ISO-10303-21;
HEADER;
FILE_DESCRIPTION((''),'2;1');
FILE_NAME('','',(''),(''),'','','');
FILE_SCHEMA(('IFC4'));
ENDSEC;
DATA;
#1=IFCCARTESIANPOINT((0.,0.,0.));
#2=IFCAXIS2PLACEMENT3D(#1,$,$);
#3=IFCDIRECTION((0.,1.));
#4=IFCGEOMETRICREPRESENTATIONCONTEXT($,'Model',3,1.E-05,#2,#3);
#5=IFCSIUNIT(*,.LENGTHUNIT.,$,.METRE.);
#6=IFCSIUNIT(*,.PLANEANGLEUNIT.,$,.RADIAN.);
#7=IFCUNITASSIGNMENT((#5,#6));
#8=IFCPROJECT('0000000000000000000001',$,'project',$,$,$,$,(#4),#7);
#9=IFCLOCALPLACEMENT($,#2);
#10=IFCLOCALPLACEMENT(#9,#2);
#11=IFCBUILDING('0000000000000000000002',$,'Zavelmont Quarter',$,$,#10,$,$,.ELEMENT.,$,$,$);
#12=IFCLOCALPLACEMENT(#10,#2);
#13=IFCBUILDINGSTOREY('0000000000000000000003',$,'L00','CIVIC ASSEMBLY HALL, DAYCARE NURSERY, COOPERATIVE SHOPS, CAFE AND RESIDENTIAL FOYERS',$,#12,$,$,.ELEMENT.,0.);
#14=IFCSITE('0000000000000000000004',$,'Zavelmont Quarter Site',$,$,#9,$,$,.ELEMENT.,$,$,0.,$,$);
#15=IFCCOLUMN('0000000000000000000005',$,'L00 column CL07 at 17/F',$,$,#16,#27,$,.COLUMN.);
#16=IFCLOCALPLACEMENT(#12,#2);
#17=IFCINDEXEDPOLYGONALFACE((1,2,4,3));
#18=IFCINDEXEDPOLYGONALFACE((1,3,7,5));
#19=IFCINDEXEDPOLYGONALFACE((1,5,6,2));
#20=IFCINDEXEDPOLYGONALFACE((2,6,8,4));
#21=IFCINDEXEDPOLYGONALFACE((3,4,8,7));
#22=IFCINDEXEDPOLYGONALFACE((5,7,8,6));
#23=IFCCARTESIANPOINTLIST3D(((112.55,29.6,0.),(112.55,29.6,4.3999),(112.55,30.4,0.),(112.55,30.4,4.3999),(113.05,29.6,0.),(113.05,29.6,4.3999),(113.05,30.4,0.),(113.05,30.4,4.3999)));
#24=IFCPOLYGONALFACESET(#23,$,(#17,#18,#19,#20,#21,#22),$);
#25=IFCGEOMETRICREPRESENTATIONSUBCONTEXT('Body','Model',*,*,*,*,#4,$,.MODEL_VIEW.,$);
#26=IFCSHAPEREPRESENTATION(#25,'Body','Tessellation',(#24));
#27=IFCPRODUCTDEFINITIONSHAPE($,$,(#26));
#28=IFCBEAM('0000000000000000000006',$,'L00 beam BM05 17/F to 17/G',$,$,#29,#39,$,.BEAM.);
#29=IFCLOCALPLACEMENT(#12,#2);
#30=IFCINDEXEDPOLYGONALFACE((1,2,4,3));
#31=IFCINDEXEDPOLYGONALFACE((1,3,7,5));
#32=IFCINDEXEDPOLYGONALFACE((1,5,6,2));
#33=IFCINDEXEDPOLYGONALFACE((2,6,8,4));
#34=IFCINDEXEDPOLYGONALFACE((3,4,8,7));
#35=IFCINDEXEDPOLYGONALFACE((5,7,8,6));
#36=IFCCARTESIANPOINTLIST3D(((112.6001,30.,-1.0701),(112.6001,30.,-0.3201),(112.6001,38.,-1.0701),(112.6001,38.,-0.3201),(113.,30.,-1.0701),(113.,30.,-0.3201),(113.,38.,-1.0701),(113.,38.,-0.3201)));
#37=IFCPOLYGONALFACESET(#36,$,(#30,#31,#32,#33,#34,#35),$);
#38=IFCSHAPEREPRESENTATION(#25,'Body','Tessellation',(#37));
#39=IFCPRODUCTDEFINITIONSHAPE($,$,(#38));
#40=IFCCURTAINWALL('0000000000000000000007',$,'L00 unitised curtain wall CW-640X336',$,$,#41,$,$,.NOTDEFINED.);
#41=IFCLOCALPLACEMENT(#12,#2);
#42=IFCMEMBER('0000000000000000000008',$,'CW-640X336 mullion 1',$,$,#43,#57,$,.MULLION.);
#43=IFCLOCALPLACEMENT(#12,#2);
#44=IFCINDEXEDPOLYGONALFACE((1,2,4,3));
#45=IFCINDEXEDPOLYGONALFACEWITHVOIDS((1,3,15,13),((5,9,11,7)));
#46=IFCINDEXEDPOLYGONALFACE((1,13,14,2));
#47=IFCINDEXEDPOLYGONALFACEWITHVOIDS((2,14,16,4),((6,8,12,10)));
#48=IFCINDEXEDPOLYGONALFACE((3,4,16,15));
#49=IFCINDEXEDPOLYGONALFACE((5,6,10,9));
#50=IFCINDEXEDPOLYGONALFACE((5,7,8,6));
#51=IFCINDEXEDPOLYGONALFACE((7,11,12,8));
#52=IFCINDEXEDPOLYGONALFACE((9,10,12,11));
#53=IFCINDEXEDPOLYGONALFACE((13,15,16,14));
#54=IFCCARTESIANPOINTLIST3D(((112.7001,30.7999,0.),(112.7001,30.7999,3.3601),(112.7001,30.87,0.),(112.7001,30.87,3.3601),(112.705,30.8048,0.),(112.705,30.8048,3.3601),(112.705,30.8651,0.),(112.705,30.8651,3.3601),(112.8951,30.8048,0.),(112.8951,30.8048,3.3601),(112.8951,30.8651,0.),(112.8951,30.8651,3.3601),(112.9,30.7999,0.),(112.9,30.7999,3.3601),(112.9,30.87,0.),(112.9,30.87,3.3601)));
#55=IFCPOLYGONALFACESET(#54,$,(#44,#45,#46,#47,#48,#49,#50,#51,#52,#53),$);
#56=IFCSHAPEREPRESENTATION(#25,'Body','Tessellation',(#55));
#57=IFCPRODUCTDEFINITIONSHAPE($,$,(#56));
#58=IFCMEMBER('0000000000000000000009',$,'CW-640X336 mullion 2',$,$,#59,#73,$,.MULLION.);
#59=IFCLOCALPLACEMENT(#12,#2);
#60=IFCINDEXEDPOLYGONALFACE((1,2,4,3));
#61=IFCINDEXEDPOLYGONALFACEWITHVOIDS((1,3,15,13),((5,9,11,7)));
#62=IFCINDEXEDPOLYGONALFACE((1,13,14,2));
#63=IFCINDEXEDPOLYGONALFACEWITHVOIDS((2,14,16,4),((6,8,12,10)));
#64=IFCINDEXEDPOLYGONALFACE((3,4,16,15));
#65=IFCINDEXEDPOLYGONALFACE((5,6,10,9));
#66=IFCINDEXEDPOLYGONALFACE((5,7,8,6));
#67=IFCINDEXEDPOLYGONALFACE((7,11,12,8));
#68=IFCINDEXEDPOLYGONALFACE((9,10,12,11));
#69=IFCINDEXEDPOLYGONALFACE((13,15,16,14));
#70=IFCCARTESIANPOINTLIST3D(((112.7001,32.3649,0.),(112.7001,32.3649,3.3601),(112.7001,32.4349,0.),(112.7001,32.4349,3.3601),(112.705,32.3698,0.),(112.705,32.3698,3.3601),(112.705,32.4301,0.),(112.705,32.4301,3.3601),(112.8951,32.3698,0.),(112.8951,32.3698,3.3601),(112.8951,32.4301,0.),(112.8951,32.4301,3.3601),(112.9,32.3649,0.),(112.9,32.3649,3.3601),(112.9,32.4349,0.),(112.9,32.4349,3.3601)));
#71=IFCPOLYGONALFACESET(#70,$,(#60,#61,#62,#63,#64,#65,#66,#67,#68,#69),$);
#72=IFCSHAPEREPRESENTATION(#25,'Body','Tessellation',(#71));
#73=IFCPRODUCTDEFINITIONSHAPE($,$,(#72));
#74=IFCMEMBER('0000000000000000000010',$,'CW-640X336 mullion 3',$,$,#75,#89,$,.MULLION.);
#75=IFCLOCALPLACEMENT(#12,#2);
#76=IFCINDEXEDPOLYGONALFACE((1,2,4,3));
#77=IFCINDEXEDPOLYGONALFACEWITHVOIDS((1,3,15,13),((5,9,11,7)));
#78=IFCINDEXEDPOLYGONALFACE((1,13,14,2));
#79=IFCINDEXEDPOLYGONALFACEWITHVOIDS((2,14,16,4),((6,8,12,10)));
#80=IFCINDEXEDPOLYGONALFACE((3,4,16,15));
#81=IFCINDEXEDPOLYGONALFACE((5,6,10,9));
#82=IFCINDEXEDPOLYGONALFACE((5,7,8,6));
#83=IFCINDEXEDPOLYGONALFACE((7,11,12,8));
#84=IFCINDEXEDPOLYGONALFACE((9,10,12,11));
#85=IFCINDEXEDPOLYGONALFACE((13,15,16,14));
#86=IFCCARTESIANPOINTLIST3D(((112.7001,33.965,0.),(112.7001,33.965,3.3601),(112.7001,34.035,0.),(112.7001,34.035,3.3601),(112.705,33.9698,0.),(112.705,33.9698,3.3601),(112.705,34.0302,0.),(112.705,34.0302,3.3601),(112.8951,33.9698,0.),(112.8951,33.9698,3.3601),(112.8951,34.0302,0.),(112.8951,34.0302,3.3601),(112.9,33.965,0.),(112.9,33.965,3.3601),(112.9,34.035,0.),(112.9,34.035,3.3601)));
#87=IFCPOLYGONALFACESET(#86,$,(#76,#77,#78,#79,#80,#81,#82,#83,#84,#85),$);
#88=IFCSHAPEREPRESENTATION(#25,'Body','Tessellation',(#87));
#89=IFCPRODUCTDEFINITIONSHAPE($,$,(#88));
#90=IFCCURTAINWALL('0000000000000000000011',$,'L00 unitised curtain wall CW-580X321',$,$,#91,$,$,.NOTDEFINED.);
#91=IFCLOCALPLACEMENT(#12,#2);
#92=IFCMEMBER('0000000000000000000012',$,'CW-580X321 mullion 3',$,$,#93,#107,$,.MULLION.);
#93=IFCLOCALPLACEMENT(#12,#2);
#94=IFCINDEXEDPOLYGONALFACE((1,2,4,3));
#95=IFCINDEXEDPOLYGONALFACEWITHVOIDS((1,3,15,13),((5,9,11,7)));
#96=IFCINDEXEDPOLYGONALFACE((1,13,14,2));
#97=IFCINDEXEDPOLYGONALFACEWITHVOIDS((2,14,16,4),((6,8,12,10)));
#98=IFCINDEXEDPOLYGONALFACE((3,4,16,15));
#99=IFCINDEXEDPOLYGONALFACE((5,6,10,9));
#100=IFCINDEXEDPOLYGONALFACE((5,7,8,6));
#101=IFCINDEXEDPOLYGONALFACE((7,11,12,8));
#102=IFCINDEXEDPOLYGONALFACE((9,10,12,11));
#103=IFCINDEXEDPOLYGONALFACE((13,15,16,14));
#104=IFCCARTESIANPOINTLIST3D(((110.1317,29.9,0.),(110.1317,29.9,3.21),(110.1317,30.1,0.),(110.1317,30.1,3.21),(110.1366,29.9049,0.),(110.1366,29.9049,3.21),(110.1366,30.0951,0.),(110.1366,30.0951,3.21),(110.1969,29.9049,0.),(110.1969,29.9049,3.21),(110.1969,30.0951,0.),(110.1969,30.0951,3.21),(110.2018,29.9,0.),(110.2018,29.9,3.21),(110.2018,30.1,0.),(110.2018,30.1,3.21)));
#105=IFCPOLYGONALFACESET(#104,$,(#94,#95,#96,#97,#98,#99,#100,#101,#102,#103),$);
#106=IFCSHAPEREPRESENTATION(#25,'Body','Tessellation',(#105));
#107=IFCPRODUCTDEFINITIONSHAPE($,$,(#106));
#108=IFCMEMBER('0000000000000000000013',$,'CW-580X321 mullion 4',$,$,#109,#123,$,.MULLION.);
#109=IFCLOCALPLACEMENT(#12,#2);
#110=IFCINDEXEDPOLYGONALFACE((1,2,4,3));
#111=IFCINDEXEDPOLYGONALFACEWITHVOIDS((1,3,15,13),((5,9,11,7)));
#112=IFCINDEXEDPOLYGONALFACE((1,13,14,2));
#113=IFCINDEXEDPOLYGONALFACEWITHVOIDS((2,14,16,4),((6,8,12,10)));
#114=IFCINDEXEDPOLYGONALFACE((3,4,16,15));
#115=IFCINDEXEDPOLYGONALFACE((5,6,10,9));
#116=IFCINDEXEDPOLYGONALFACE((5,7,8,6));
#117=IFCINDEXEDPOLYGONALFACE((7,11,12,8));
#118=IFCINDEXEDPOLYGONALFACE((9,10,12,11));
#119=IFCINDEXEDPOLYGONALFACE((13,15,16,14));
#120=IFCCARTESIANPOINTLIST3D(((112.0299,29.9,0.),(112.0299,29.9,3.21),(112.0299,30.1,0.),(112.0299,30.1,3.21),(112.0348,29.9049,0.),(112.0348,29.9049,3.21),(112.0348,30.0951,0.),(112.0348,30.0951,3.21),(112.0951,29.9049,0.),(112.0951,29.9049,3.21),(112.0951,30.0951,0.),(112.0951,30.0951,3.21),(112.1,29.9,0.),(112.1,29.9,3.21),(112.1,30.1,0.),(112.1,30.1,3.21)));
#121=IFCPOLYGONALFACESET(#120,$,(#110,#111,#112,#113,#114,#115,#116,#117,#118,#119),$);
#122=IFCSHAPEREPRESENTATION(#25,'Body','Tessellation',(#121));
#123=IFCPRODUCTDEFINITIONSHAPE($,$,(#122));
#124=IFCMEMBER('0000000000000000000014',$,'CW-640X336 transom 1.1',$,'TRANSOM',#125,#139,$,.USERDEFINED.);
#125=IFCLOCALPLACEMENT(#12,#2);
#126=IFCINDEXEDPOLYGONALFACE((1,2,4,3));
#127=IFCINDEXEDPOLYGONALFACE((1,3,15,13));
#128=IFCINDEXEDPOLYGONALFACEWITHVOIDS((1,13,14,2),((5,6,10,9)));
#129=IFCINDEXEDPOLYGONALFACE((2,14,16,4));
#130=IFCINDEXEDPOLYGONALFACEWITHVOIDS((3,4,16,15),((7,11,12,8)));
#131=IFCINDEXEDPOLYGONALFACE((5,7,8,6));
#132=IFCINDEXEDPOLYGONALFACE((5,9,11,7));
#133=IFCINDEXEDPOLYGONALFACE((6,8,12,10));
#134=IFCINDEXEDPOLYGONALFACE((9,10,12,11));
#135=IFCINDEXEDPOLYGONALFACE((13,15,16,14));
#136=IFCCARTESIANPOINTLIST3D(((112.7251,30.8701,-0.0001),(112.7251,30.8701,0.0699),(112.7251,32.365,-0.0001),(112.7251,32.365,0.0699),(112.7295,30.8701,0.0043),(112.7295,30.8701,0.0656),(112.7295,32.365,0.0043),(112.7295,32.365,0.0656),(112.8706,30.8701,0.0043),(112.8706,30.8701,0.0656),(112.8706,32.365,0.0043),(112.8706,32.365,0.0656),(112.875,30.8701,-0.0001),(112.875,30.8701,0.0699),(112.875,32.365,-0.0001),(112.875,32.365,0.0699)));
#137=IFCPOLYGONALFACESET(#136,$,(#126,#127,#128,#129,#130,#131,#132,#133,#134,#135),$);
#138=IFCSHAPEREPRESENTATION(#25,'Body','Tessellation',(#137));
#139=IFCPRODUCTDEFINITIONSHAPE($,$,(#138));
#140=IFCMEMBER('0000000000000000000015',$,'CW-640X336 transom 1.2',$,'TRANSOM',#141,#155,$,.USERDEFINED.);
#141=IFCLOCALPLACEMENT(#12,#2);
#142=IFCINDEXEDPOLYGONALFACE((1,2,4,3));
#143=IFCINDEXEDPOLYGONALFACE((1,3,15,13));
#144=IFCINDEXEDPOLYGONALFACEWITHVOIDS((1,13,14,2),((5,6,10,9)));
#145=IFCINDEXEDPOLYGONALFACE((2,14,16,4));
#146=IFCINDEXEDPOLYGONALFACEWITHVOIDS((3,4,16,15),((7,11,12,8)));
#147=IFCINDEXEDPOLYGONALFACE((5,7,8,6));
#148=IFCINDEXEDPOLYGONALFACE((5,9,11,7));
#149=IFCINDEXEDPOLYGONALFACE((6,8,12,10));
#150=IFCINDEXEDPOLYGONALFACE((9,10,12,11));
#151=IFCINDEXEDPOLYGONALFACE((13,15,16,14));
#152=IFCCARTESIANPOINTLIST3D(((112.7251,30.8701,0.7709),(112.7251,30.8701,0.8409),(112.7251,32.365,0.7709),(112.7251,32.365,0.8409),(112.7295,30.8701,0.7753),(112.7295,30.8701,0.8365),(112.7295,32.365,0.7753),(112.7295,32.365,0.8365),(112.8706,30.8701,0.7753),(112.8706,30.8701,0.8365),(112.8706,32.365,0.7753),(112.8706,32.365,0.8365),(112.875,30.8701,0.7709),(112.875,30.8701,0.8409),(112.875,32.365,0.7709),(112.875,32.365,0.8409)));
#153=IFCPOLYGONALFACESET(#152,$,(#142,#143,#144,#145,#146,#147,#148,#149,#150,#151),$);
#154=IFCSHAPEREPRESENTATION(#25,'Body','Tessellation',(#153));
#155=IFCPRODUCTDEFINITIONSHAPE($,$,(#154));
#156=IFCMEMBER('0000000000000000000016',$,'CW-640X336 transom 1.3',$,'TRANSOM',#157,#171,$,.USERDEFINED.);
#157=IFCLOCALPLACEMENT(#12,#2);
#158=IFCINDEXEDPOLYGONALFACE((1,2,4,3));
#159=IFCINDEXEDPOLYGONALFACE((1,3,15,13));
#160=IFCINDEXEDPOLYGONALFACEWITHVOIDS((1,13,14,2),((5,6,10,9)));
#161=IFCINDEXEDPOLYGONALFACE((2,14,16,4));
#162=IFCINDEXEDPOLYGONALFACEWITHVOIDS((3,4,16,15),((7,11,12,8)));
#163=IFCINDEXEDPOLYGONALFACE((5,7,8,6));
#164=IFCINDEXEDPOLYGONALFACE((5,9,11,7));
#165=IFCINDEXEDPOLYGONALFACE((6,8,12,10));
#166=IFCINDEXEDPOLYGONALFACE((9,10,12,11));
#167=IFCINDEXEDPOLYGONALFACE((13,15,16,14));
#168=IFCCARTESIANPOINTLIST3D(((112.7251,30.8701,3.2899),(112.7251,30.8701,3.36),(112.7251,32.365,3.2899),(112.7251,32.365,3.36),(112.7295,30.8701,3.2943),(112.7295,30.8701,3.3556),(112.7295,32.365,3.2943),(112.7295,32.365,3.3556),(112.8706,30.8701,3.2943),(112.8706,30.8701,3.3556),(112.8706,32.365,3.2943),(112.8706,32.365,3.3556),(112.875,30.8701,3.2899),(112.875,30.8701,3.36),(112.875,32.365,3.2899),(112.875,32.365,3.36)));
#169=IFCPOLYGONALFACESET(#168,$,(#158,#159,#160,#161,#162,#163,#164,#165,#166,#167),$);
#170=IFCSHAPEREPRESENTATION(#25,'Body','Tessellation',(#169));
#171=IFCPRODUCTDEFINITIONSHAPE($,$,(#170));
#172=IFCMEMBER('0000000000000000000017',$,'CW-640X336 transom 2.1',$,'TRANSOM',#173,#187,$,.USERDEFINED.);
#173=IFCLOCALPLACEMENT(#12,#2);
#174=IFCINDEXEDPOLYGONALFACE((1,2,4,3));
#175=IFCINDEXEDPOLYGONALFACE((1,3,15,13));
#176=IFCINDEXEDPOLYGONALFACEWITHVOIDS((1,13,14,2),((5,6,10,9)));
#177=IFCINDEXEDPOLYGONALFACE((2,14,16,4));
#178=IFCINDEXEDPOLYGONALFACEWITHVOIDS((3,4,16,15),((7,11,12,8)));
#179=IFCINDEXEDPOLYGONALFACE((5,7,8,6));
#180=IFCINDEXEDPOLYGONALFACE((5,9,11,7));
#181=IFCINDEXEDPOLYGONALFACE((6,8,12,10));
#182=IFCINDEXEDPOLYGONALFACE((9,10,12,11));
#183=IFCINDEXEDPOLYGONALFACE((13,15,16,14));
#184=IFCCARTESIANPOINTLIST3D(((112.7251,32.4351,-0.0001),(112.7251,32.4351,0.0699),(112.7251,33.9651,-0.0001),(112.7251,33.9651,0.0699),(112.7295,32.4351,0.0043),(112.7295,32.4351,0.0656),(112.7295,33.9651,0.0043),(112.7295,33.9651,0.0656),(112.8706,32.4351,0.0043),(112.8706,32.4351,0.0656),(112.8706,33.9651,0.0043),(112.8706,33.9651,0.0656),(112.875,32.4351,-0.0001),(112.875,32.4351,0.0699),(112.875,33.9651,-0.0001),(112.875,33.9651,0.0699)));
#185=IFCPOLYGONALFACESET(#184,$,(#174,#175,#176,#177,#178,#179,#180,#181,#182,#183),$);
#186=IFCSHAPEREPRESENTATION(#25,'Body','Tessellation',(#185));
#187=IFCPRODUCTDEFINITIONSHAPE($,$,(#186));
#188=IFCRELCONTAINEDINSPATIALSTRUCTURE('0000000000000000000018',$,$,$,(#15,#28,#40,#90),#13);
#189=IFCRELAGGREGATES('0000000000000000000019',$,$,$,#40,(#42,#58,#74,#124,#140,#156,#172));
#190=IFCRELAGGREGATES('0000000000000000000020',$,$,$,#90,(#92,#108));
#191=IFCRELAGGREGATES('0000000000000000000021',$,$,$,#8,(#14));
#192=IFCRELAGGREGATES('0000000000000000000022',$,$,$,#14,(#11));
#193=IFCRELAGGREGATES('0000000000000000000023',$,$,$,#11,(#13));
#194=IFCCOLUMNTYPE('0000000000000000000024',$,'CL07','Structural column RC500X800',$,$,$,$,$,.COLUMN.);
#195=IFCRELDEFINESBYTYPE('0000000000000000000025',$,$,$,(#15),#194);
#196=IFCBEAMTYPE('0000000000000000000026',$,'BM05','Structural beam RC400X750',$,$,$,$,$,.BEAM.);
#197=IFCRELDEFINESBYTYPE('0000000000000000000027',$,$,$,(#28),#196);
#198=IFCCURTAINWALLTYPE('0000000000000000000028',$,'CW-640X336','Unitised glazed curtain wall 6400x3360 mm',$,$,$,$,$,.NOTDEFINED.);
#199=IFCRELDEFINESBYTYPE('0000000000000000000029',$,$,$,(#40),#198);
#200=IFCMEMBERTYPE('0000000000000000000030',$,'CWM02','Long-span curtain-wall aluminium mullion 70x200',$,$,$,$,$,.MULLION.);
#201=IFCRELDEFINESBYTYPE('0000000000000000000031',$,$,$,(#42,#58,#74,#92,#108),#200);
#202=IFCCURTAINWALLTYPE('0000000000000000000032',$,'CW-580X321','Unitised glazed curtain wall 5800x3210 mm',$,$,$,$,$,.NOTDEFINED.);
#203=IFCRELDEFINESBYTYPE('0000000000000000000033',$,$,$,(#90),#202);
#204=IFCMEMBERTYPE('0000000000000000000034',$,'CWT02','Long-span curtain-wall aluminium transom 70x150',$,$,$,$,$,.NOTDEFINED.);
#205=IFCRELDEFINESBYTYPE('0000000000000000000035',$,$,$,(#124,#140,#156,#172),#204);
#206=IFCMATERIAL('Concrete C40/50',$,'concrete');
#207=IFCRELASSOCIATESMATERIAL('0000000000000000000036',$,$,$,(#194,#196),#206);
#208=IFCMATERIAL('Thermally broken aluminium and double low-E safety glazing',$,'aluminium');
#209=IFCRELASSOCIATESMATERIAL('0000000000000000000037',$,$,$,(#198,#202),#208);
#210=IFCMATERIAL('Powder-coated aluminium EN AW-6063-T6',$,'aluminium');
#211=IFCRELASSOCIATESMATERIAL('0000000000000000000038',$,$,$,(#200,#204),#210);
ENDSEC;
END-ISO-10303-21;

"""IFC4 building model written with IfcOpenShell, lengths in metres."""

from ifc_helpers import new_model, si_unit, direction, frame, origin, origin_2d, place, context, subcontext, project, spatial, rectangle, hollow_rectangle, extrude, material, material_profile, profile_set, type_object, element, aggregate, save


model = new_model("IFC4")

# Units and contexts
model_context = context("Model", 3, precision=1e-05, world=origin(), true_north=direction((0.0, 1.0)))
body_context = subcontext(model_context, "Body", "Model", "MODEL_VIEW")
ifc_project = project(units=[si_unit("LENGTHUNIT", "METRE"), si_unit("PLANEANGLEUNIT", "RADIAN")], contexts=[model_context])

# Site, building, storey
site_placement = place(None, origin())
site = spatial("IfcSite", under=ifc_project, at=site_placement, Name="Zavelmont Quarter Site", CompositionType="ELEMENT", RefElevation=0.0)
building_placement = place(site_placement, origin())
building = spatial("IfcBuilding", under=site, at=building_placement, Name="Zavelmont Quarter", CompositionType="ELEMENT")
storey_placement = place(building_placement, origin())
storey = spatial("IfcBuildingStorey", under=building, at=storey_placement, Name="L00", Description="CIVIC ASSEMBLY HALL, DAYCARE NURSERY, COOPERATIVE SHOPS, CAFE AND RESIDENTIAL FOYERS", CompositionType="ELEMENT", Elevation=0.0)

# Column
ifc_material_1 = material(Name="Concrete C40/50", Category="concrete")
ifc_material_profile_1 = material_profile(ifc_material_1, rectangle(XDim=0.5, YDim=0.8, at=origin_2d()), Name="RC500X800")
ifc_profile_set_1 = profile_set([ifc_material_profile_1], Name="Concrete C40/50")
column_type = type_object("IfcColumnType", Name="CL07", Description="Structural column RC500X800", PredefinedType="COLUMN", material=ifc_profile_set_1)
column_placement = place(storey_placement, frame((112.8, 30.0, 0.0), z_axis=(0.0, 0.0, 1.0), x_axis=(1.0, 0.0, 0.0)))
element("IfcColumn", 1, at=column_placement, inside=storey, type_object=column_type, Name="L00 column CL07 at 17/F", PredefinedType="COLUMN", context=body_context, shape_type="SweptSolid", body=[
    extrude(rectangle(XDim=0.5, YDim=0.8, at=origin_2d()), origin(), (0.0, 0.0, 1.0), 4.3999),
])

# Beam
ifc_material_profile_2 = material_profile(ifc_material_1, rectangle(XDim=0.3999, YDim=0.75, at=origin_2d()), Name="RC400X750")
ifc_profile_set_2 = profile_set([ifc_material_profile_2], Name="Concrete C40/50")
beam_type = type_object("IfcBeamType", Name="BM05", Description="Structural beam RC400X750", PredefinedType="BEAM", material=ifc_profile_set_2)
beam_placement = place(storey_placement, frame((112.8, 30.0, -0.6951), z_axis=(0.0, 1.0, 0.0), x_axis=(-1.0, 0.0, 0.0)))
element("IfcBeam", 2, at=beam_placement, inside=storey, type_object=beam_type, Name="L00 beam BM05 17/F to 17/G", PredefinedType="BEAM", context=body_context, shape_type="SweptSolid", body=[
    extrude(rectangle(XDim=0.3999, YDim=0.75, at=origin_2d()), origin(), (0.0, 0.0, 1.0), 8.0),
])

# Curtain walls, members
ifc_material_2 = material(Name="Thermally broken aluminium and double low-E safety glazing", Category="aluminium")
curtain_wall_type_1 = type_object("IfcCurtainWallType", Name="CW-640X336", Description="Unitised glazed curtain wall 6400x3360 mm", PredefinedType="NOTDEFINED", material=ifc_material_2)
curtain_wall_1_placement = place(storey_placement, origin())
curtain_wall_1 = element("IfcCurtainWall", 3, at=curtain_wall_1_placement, inside=storey, type_object=curtain_wall_type_1, Name="L00 unitised curtain wall CW-640X336", PredefinedType="NOTDEFINED")
ifc_material_3 = material(Name="Powder-coated aluminium EN AW-6063-T6", Category="aluminium")
ifc_material_profile_3 = material_profile(ifc_material_3, hollow_rectangle(XDim=0.0701, YDim=0.2, WallThickness=0.0049, at=origin_2d()), Name="CWM70X200")
ifc_profile_set_3 = profile_set([ifc_material_profile_3], Name="Powder-coated aluminium EN AW-6063-T6")
member_type_1 = type_object("IfcMemberType", Name="CWM02", Description="Long-span curtain-wall aluminium mullion 70x200", PredefinedType="MULLION", material=ifc_profile_set_3)
member_1_placement = place(storey_placement, frame((112.8, 30.835, 0.0), z_axis=(0.0, 0.0, 1.0), x_axis=(0.0, 1.0, 0.0)))
member_1 = element("IfcMember", 4, at=member_1_placement, type_object=member_type_1, Name="CW-640X336 mullion 1", PredefinedType="MULLION", context=body_context, shape_type="SweptSolid", body=[
    extrude(hollow_rectangle(XDim=0.0701, YDim=0.2, WallThickness=0.0049, at=origin_2d()), origin(), (0.0, 0.0, 1.0), 3.3601),
])
member_2_placement = place(storey_placement, frame((112.8, 32.3999, 0.0), z_axis=(0.0, 0.0, 1.0), x_axis=(0.0, 1.0, 0.0)))
member_2 = element("IfcMember", 5, at=member_2_placement, type_object=member_type_1, Name="CW-640X336 mullion 2", PredefinedType="MULLION", context=body_context, shape_type="SweptSolid", body=[
    extrude(hollow_rectangle(XDim=0.0701, YDim=0.2, WallThickness=0.0049, at=origin_2d()), origin(), (0.0, 0.0, 1.0), 3.3601),
])
member_3_placement = place(storey_placement, frame((112.8, 34.0, 0.0), z_axis=(0.0, 0.0, 1.0), x_axis=(0.0, 1.0, 0.0)))
member_3 = element("IfcMember", 6, at=member_3_placement, type_object=member_type_1, Name="CW-640X336 mullion 3", PredefinedType="MULLION", context=body_context, shape_type="SweptSolid", body=[
    extrude(hollow_rectangle(XDim=0.0701, YDim=0.2, WallThickness=0.0049, at=origin_2d()), origin(), (0.0, 0.0, 1.0), 3.3601),
])
curtain_wall_type_2 = type_object("IfcCurtainWallType", Name="CW-580X321", Description="Unitised glazed curtain wall 5800x3210 mm", PredefinedType="NOTDEFINED", material=ifc_material_2)
curtain_wall_2_placement = place(storey_placement, origin())
curtain_wall_2 = element("IfcCurtainWall", 7, at=curtain_wall_2_placement, inside=storey, type_object=curtain_wall_type_2, Name="L00 unitised curtain wall CW-580X321", PredefinedType="NOTDEFINED")
member_4_placement = place(storey_placement, frame((110.1667, 30.0, 0.0), z_axis=(0.0, 0.0, 1.0), x_axis=(1.0, 0.0, 0.0)))
member_4 = element("IfcMember", 8, at=member_4_placement, type_object=member_type_1, Name="CW-580X321 mullion 3", PredefinedType="MULLION", context=body_context, shape_type="SweptSolid", body=[
    extrude(hollow_rectangle(XDim=0.0701, YDim=0.2, WallThickness=0.0049, at=origin_2d()), origin(), (0.0, 0.0, 1.0), 3.21),
])
member_5_placement = place(storey_placement, frame((112.0649, 30.0, 0.0), z_axis=(0.0, 0.0, 1.0), x_axis=(1.0, 0.0, 0.0)))
member_5 = element("IfcMember", 9, at=member_5_placement, type_object=member_type_1, Name="CW-580X321 mullion 4", PredefinedType="MULLION", context=body_context, shape_type="SweptSolid", body=[
    extrude(hollow_rectangle(XDim=0.0701, YDim=0.2, WallThickness=0.0049, at=origin_2d()), origin(), (0.0, 0.0, 1.0), 3.21),
])

# Members
ifc_material_profile_4 = material_profile(ifc_material_3, hollow_rectangle(XDim=0.1499, YDim=0.0701, WallThickness=0.0044, at=origin_2d()), Name="CWT70X150")
ifc_profile_set_4 = profile_set([ifc_material_profile_4], Name="Powder-coated aluminium EN AW-6063-T6")
member_type_2 = type_object("IfcMemberType", Name="CWT02", Description="Long-span curtain-wall aluminium transom 70x150", PredefinedType="NOTDEFINED", material=ifc_profile_set_4)
member_6_placement = place(storey_placement, frame((112.8, 30.8701, 0.0349), z_axis=(0.0, 1.0, 0.0), x_axis=(-1.0, 0.0, 0.0)))
member_6 = element("IfcMember", 10, at=member_6_placement, type_object=member_type_2, Name="CW-640X336 transom 1.1", ObjectType="TRANSOM", PredefinedType="USERDEFINED", context=body_context, shape_type="SweptSolid", body=[
    extrude(hollow_rectangle(XDim=0.1499, YDim=0.0701, WallThickness=0.0044, at=origin_2d()), origin(), (0.0, 0.0, 1.0), 1.4949),
])
member_7_placement = place(storey_placement, frame((112.8, 30.8701, 0.8059), z_axis=(0.0, 1.0, 0.0), x_axis=(-1.0, 0.0, 0.0)))
member_7 = element("IfcMember", 11, at=member_7_placement, type_object=member_type_2, Name="CW-640X336 transom 1.2", ObjectType="TRANSOM", PredefinedType="USERDEFINED", context=body_context, shape_type="SweptSolid", body=[
    extrude(hollow_rectangle(XDim=0.1499, YDim=0.0701, WallThickness=0.0044, at=origin_2d()), origin(), (0.0, 0.0, 1.0), 1.4949),
])
member_8_placement = place(storey_placement, frame((112.8, 30.8701, 3.325), z_axis=(0.0, 1.0, 0.0), x_axis=(-1.0, 0.0, 0.0)))
member_8 = element("IfcMember", 12, at=member_8_placement, type_object=member_type_2, Name="CW-640X336 transom 1.3", ObjectType="TRANSOM", PredefinedType="USERDEFINED", context=body_context, shape_type="SweptSolid", body=[
    extrude(hollow_rectangle(XDim=0.1499, YDim=0.0701, WallThickness=0.0044, at=origin_2d()), origin(), (0.0, 0.0, 1.0), 1.4949),
])
member_9_placement = place(storey_placement, frame((112.8, 32.4351, 0.0349), z_axis=(0.0, 1.0, 0.0), x_axis=(-1.0, 0.0, 0.0)))
member_9 = element("IfcMember", 13, at=member_9_placement, type_object=member_type_2, Name="CW-640X336 transom 2.1", ObjectType="TRANSOM", PredefinedType="USERDEFINED", context=body_context, shape_type="SweptSolid", body=[
    extrude(hollow_rectangle(XDim=0.1499, YDim=0.0701, WallThickness=0.0044, at=origin_2d()), origin(), (0.0, 0.0, 1.0), 1.53),
])

aggregate(curtain_wall_1, [member_1, member_2, member_3, member_6, member_7, member_8, member_9])
aggregate(curtain_wall_2, [member_4, member_5])

save(model, "model.ifc")
